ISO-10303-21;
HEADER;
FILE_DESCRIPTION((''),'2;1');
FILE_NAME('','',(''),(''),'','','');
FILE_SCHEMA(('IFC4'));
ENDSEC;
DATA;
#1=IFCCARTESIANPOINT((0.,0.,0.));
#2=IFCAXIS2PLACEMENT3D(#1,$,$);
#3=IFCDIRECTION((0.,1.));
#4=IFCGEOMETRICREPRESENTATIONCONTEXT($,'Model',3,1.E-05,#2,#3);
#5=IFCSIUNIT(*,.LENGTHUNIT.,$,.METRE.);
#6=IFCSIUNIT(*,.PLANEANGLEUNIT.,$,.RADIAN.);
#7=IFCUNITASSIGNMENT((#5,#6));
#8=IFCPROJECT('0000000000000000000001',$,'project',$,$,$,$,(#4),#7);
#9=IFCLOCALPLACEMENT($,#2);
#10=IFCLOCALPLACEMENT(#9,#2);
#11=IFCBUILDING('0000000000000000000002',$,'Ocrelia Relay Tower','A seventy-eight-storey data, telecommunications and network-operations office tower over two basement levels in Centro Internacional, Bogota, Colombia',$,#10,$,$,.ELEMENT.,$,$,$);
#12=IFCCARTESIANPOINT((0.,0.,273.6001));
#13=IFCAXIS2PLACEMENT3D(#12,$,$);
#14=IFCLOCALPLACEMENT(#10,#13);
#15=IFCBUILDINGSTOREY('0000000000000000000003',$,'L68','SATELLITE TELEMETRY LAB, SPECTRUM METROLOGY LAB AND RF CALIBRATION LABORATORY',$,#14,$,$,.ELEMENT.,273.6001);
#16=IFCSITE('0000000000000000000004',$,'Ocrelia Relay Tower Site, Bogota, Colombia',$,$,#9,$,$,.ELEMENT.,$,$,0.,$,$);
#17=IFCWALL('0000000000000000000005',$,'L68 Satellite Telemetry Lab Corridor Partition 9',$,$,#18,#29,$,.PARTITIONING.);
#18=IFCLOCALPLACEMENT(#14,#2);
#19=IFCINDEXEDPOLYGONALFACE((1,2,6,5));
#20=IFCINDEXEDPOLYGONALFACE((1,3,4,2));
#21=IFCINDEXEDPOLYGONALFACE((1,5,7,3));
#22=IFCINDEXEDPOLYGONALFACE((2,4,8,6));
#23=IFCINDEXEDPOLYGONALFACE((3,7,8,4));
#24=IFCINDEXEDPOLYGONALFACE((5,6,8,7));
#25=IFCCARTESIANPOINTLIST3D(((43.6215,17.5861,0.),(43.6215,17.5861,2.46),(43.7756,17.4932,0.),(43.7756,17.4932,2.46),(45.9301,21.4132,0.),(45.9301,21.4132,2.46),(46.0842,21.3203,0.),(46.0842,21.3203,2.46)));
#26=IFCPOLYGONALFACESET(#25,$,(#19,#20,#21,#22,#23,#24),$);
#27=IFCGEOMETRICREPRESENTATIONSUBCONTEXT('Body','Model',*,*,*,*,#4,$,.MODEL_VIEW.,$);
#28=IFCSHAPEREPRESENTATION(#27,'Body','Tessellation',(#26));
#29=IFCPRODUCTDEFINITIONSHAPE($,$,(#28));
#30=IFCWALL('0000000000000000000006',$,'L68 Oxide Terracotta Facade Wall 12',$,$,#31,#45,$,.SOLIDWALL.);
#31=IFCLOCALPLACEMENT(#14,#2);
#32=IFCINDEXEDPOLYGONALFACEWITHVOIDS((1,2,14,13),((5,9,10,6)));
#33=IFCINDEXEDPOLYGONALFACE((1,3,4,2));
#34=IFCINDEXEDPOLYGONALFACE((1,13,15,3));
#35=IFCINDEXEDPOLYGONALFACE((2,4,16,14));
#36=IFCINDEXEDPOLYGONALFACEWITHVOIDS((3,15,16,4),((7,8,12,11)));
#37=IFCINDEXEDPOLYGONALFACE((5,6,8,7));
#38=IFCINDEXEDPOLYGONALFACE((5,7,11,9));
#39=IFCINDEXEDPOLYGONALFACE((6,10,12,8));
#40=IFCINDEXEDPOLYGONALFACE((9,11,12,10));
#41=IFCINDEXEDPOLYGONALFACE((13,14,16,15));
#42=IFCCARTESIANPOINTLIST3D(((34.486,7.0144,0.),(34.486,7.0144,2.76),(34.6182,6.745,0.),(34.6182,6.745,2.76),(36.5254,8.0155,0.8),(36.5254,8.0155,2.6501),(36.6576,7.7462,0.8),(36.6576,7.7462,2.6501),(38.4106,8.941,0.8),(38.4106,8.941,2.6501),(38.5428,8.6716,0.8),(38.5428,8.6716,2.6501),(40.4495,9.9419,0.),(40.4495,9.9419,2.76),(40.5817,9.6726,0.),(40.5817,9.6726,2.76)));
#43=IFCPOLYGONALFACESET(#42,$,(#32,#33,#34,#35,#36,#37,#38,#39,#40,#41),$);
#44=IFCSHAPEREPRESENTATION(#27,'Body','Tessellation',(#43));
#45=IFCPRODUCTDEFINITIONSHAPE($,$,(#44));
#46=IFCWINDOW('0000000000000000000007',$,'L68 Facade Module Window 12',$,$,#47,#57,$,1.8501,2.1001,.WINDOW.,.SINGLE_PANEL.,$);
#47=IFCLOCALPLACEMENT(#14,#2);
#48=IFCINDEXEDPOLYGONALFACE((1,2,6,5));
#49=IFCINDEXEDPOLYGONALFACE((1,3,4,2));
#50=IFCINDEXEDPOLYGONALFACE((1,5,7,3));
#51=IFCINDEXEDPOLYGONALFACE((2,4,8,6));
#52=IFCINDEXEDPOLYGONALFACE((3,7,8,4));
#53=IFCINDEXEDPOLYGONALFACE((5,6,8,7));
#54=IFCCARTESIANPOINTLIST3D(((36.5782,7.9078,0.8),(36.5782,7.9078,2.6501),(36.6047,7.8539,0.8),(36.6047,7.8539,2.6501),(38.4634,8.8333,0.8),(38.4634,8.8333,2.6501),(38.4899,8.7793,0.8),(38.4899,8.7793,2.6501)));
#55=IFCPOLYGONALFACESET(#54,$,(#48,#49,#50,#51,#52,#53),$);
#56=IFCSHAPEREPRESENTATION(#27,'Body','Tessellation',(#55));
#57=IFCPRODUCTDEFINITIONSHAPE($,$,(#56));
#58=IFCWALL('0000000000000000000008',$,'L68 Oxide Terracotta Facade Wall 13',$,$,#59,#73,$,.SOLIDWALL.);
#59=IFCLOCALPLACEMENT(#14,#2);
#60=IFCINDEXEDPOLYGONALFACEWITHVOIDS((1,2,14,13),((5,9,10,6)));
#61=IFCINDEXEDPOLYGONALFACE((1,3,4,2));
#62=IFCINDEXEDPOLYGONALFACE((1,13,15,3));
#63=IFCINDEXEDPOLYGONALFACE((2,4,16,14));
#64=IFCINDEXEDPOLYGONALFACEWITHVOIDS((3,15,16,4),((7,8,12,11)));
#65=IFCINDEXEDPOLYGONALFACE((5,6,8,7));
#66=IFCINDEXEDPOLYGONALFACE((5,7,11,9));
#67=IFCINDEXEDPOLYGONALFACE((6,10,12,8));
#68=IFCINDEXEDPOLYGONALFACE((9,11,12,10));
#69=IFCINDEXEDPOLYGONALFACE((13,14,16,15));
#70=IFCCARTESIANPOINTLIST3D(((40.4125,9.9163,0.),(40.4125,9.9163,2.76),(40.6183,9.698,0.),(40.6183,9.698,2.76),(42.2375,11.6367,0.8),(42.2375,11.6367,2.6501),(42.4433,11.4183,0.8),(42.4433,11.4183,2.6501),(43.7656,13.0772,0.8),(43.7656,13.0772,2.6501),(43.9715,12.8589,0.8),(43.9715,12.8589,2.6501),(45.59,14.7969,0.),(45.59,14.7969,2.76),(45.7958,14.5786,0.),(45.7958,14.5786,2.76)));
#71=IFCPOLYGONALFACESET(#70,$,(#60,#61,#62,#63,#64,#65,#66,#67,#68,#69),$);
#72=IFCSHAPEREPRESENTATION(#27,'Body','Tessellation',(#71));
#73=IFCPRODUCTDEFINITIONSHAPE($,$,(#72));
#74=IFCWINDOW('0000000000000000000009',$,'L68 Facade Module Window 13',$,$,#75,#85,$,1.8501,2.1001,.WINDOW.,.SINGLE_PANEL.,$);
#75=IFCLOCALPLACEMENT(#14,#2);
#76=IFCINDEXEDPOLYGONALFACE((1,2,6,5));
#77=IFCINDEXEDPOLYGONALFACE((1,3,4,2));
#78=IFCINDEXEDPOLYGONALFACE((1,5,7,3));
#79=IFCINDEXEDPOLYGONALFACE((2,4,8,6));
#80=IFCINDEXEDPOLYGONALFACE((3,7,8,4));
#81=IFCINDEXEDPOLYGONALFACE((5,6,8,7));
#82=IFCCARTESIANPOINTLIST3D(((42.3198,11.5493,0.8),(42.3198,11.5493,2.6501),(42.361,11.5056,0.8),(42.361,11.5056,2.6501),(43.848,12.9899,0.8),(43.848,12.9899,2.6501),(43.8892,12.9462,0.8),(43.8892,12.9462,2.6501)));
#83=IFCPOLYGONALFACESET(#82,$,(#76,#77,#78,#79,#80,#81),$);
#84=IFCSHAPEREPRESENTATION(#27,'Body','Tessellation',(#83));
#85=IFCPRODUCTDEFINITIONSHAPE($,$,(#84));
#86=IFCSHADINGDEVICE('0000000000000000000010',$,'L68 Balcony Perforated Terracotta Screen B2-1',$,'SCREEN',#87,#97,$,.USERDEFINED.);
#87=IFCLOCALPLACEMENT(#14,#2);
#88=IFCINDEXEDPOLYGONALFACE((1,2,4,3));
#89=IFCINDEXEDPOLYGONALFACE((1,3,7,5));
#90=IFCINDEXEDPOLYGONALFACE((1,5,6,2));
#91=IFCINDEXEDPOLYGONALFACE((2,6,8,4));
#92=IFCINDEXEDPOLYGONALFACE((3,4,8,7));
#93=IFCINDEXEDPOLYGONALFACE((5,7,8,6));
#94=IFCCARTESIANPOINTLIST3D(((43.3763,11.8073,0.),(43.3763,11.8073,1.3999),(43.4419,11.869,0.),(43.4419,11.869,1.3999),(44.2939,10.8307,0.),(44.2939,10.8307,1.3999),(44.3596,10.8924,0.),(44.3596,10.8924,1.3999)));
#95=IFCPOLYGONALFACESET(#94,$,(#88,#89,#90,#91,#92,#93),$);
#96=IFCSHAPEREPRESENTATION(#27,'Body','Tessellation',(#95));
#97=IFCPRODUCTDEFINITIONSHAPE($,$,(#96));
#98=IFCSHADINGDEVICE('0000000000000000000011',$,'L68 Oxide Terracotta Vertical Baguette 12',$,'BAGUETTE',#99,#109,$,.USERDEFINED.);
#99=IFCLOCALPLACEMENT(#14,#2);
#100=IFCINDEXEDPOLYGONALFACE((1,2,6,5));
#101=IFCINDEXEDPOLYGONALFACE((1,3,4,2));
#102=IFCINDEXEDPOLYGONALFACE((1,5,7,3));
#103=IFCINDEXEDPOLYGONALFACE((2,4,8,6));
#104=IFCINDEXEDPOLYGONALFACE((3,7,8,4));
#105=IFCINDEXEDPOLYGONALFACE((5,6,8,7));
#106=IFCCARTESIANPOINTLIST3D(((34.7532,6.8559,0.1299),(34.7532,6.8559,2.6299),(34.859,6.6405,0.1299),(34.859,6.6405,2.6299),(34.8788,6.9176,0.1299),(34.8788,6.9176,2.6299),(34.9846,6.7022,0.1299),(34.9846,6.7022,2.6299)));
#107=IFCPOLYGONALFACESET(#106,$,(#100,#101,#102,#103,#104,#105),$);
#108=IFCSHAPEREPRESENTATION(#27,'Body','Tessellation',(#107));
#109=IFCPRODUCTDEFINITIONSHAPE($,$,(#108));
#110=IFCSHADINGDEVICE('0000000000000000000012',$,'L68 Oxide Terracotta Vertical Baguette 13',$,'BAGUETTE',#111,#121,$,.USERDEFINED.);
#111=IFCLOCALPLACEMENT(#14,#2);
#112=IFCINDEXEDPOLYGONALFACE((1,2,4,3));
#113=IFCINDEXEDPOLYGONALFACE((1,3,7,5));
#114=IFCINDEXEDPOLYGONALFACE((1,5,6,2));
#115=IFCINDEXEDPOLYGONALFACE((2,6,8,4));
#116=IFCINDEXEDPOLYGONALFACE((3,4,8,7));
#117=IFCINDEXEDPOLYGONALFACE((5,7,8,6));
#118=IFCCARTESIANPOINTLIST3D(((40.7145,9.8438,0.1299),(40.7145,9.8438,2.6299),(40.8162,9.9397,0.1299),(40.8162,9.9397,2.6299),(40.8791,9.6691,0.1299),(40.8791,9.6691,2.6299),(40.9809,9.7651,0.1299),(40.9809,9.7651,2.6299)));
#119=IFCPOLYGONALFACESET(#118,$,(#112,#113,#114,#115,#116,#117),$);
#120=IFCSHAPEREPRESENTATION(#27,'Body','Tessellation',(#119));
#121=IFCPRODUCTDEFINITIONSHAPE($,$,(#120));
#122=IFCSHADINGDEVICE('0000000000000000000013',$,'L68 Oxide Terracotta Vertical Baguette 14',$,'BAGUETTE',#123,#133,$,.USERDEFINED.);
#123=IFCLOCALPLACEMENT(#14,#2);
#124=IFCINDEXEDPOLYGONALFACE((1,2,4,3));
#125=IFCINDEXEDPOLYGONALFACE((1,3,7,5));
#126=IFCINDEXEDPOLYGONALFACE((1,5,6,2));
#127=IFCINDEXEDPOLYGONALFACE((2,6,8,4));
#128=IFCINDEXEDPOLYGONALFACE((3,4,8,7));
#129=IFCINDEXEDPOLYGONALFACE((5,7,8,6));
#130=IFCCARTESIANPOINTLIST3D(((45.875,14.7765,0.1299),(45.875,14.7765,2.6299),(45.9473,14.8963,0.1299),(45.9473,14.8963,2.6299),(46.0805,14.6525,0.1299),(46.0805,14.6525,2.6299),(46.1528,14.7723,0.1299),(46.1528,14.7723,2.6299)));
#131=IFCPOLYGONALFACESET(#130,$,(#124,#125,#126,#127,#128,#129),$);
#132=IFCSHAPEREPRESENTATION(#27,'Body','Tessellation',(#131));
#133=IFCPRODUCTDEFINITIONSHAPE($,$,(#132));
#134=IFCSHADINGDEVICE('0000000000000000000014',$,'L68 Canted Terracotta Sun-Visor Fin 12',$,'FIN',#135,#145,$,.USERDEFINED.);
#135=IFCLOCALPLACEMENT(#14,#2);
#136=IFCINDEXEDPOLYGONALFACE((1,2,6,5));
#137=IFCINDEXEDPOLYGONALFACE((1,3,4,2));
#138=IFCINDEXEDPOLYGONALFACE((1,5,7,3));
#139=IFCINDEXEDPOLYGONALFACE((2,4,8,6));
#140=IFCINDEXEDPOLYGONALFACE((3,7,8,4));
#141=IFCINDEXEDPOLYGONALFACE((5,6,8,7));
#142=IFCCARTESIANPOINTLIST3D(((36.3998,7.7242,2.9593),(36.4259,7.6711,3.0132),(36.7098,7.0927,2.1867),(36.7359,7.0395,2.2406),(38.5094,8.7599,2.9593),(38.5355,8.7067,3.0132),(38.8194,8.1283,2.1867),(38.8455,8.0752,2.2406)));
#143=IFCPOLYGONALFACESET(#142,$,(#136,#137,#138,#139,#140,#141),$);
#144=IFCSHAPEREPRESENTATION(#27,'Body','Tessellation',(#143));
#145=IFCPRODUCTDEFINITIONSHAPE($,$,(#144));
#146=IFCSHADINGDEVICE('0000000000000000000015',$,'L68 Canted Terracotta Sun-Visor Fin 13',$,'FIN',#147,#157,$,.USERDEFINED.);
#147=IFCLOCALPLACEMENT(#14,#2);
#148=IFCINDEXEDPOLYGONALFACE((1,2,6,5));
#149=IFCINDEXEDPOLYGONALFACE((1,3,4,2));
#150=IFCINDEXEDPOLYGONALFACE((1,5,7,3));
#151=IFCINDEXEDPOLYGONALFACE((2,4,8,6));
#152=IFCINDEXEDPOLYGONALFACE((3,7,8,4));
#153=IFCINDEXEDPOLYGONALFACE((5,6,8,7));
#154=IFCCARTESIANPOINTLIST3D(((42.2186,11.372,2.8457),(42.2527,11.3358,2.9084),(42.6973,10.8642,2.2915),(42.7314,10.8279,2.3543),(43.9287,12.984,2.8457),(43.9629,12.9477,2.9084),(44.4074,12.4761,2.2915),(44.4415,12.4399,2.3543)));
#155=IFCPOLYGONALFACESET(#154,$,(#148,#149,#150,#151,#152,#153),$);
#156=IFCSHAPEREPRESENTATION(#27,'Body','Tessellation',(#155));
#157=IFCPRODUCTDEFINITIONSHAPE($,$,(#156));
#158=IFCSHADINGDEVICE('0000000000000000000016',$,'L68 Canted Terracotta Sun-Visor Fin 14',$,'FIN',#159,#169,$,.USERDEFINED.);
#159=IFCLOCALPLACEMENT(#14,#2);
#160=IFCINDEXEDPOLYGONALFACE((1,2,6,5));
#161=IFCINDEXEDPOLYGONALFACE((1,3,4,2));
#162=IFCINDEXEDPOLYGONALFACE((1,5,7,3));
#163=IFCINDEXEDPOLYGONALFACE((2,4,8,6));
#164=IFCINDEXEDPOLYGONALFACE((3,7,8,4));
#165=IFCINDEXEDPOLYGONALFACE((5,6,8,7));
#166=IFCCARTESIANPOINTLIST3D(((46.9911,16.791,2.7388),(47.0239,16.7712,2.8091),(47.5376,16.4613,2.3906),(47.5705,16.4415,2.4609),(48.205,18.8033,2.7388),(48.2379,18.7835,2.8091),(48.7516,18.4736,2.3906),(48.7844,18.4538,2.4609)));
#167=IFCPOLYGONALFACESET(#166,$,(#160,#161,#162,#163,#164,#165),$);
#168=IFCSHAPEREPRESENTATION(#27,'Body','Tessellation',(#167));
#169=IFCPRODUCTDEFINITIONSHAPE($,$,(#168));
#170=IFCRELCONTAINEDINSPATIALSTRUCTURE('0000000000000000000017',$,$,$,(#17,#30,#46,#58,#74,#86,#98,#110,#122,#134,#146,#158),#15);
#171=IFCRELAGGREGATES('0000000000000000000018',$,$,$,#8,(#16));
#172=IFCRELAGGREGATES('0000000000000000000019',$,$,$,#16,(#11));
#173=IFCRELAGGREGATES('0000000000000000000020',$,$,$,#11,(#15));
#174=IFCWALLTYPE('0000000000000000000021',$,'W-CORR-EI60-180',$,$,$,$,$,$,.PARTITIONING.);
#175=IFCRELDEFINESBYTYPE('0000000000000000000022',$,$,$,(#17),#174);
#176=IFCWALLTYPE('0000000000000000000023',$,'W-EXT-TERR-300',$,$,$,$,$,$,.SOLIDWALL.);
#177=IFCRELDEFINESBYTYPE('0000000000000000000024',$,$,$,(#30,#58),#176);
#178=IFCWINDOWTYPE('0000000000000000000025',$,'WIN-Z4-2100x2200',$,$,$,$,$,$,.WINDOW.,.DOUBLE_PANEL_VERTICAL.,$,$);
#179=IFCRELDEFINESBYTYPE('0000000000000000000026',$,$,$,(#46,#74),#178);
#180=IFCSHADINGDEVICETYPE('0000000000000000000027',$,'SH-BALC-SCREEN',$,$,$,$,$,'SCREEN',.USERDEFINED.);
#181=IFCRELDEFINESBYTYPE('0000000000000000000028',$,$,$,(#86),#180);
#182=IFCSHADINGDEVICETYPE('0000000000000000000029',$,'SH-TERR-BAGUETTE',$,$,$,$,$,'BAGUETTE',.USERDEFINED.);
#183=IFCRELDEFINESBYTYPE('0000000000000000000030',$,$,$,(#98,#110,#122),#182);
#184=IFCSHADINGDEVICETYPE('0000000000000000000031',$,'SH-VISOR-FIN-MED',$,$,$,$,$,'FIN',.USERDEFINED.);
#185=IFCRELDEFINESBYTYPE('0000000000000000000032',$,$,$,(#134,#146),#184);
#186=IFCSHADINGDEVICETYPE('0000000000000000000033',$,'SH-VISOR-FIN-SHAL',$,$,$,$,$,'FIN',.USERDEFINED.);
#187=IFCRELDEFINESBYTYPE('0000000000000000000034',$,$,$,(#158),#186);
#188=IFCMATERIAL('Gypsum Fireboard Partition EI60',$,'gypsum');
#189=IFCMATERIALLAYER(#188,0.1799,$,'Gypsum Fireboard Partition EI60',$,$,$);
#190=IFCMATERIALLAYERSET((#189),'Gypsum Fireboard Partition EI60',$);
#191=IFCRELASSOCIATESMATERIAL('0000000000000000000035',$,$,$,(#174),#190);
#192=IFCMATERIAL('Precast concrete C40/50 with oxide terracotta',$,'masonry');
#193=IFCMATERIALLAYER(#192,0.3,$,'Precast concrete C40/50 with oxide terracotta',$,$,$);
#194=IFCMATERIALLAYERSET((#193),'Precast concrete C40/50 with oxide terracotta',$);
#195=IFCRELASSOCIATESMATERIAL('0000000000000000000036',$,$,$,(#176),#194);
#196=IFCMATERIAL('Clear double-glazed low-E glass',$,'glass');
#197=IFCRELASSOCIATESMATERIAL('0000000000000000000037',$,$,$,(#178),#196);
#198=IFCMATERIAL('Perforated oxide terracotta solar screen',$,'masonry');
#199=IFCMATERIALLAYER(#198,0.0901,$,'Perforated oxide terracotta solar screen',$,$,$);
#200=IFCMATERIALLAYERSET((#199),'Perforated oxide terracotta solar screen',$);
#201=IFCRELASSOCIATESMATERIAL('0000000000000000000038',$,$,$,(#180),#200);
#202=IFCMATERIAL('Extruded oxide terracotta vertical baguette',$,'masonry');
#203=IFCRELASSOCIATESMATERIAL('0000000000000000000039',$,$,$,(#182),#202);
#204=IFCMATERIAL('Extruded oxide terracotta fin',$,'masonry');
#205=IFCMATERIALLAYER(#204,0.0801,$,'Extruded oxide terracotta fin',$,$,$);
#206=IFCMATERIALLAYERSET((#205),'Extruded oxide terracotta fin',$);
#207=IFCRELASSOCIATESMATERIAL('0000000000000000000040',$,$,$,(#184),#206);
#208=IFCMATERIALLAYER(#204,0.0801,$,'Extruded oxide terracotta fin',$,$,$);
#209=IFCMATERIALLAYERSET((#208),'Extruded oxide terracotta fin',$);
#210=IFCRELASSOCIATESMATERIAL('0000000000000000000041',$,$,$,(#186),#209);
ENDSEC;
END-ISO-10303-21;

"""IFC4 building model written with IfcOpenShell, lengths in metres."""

from ifc_helpers import new_model, si_unit, direction, frame, frame_2d, origin, origin_2d, place, context, subcontext, project, spatial, rectangle, extrude, material, layer, layer_set, type_object, element, fill, save


model = new_model("IFC4")

# Units and contexts
model_context = context("Model", 3, precision=1e-05, world=origin(), true_north=direction((0.0, 1.0)))
body_context = subcontext(model_context, "Body", "Model", "MODEL_VIEW")
ifc_project = project(units=[si_unit("LENGTHUNIT", "METRE"), si_unit("PLANEANGLEUNIT", "RADIAN")], contexts=[model_context])

# Site, building, storey
site_placement = place(None, origin())
site = spatial("IfcSite", under=ifc_project, at=site_placement, Name="Ocrelia Relay Tower Site, Bogota, Colombia", CompositionType="ELEMENT", RefElevation=0.0)
building_placement = place(site_placement, origin())
building = spatial("IfcBuilding", under=site, at=building_placement, Name="Ocrelia Relay Tower", Description="A seventy-eight-storey data, telecommunications and network-operations office tower over two basement levels in Centro Internacional, Bogota, Colombia", CompositionType="ELEMENT")
storey_placement = place(building_placement, frame((0.0, 0.0, 273.6001)))
storey = spatial("IfcBuildingStorey", under=building, at=storey_placement, Name="L68", Description="SATELLITE TELEMETRY LAB, SPECTRUM METROLOGY LAB AND RF CALIBRATION LABORATORY", CompositionType="ELEMENT", Elevation=273.6001)

# Wall
ifc_material_1 = material(Name="Gypsum Fireboard Partition EI60", Category="gypsum")
ifc_layer_1 = layer(ifc_material_1, 0.1799, Name="Gypsum Fireboard Partition EI60")
ifc_layer_set_1 = layer_set([ifc_layer_1], Name="Gypsum Fireboard Partition EI60")
wall_type_1 = type_object("IfcWallType", Name="W-CORR-EI60-180", PredefinedType="PARTITIONING", material=ifc_layer_set_1)
wall_1_placement = place(storey_placement, frame((43.6985, 17.5396, 0.0), z_axis=(0.0, 0.0, 1.0), x_axis=(0.516519, 0.856276, 0.0)))
element("IfcWall", 1, at=wall_1_placement, inside=storey, type_object=wall_type_1, Name="L68 Satellite Telemetry Lab Corridor Partition 9", PredefinedType="PARTITIONING", context=body_context, shape_type="SweptSolid", body=[
    extrude(rectangle(XDim=4.4695, YDim=0.1799, at=frame_2d((2.2349, 0.0))), origin(), (0.0, 0.0, 1.0), 2.46),
])

# Walls, openings, windows
ifc_material_2 = material(Name="Precast concrete C40/50 with oxide terracotta", Category="masonry")
ifc_layer_2 = layer(ifc_material_2, 0.3, Name="Precast concrete C40/50 with oxide terracotta")
ifc_layer_set_2 = layer_set([ifc_layer_2], Name="Precast concrete C40/50 with oxide terracotta")
wall_type_2 = type_object("IfcWallType", Name="W-EXT-TERR-300", PredefinedType="SOLIDWALL", material=ifc_layer_set_2)
wall_2_placement = place(storey_placement, frame((34.552, 6.8796, 0.0), z_axis=(0.0, 0.0, 1.0), x_axis=(0.897667, 0.440675, 0.0)))
wall_2 = element("IfcWall", 2, at=wall_2_placement, inside=storey, type_object=wall_type_2, Name="L68 Oxide Terracotta Facade Wall 12", PredefinedType="SOLIDWALL", context=body_context, shape_type="SweptSolid", body=[
    extrude(rectangle(XDim=6.6433, YDim=0.3, at=frame_2d((3.3218, 0.0))), origin(), (0.0, 0.0, 1.0), 2.76),
])
opening_1_placement = place(wall_2_placement, frame((2.272, 0.0, 0.8)))
opening_1 = element("IfcOpeningElement", 3, at=opening_1_placement, cuts=wall_2, PredefinedType="OPENING", context=body_context, shape_type="SweptSolid", body=[
    extrude(rectangle(XDim=2.1001, YDim=1.8501, at=frame_2d((1.05, 0.925))), frame((0.0, 0.1602, 0.0), z_axis=(0.0, -1.0, 0.0), x_axis=(1.0, 0.0, 0.0)), (0.0, 0.0, 1.0), 0.3201),
])
ifc_material_3 = material(Name="Clear double-glazed low-E glass", Category="glass")
window_type = type_object("IfcWindowType", Name="WIN-Z4-2100x2200", PartitioningType="DOUBLE_PANEL_VERTICAL", PredefinedType="WINDOW", material=ifc_material_3)
window_1_placement = place(opening_1_placement, origin())
window_1 = element("IfcWindow", 4, at=window_1_placement, inside=storey, type_object=window_type, Name="L68 Facade Module Window 12", OverallHeight=1.8501, OverallWidth=2.1001, PartitioningType="SINGLE_PANEL", PredefinedType="WINDOW", context=body_context, shape_type="SweptSolid", body=[
    extrude(rectangle(XDim=2.1001, YDim=1.8501, at=frame_2d((1.05, 0.925))), frame((0.0, 0.03, 0.0), z_axis=(0.0, -1.0, 0.0), x_axis=(1.0, 0.0, 0.0)), (0.0, 0.0, 1.0), 0.0601),
])
fill(opening_1, window_1)
wall_3_placement = place(storey_placement, frame((40.5154, 9.8071, 0.0), z_axis=(0.0, 0.0, 1.0), x_axis=(0.727661, 0.685937, 0.0)))
wall_3 = element("IfcWall", 5, at=wall_3_placement, inside=storey, type_object=wall_type_2, Name="L68 Oxide Terracotta Facade Wall 13", PredefinedType="SOLIDWALL", context=body_context, shape_type="SweptSolid", body=[
    extrude(rectangle(XDim=7.1152, YDim=0.3, at=frame_2d((3.5576, 0.0))), origin(), (0.0, 0.0, 1.0), 2.76),
])
opening_2_placement = place(wall_3_placement, frame((2.5081, 0.0, 0.8)))
opening_2 = element("IfcOpeningElement", 6, at=opening_2_placement, cuts=wall_3, PredefinedType="OPENING", context=body_context, shape_type="SweptSolid", body=[
    extrude(rectangle(XDim=2.1001, YDim=1.8501, at=frame_2d((1.05, 0.925))), frame((0.0, 0.1602, 0.0), z_axis=(0.0, -1.0, 0.0), x_axis=(1.0, 0.0, 0.0)), (0.0, 0.0, 1.0), 0.3201),
])
window_2_placement = place(opening_2_placement, origin())
window_2 = element("IfcWindow", 7, at=window_2_placement, inside=storey, type_object=window_type, Name="L68 Facade Module Window 13", OverallHeight=1.8501, OverallWidth=2.1001, PartitioningType="SINGLE_PANEL", PredefinedType="WINDOW", context=body_context, shape_type="SweptSolid", body=[
    extrude(rectangle(XDim=2.1001, YDim=1.8501, at=frame_2d((1.05, 0.925))), frame((0.0, 0.03, 0.0), z_axis=(0.0, -1.0, 0.0), x_axis=(1.0, 0.0, 0.0)), (0.0, 0.0, 1.0), 0.0601),
])
fill(opening_2, window_2)

# Shading devices
ifc_material_4 = material(Name="Perforated oxide terracotta solar screen", Category="masonry")
ifc_layer_3 = layer(ifc_material_4, 0.0901, Name="Perforated oxide terracotta solar screen")
ifc_layer_set_3 = layer_set([ifc_layer_3], Name="Perforated oxide terracotta solar screen")
shading_device_type_1 = type_object("IfcShadingDeviceType", Name="SH-BALC-SCREEN", ElementType="SCREEN", PredefinedType="USERDEFINED", material=ifc_layer_set_3)
shading_device_1_placement = place(storey_placement, frame((43.8679, 11.3499, 0.0), z_axis=(0.0, 0.0, 1.0), x_axis=(0.684769, -0.72876, 0.0)))
element("IfcShadingDevice", 8, at=shading_device_1_placement, inside=storey, type_object=shading_device_type_1, Name="L68 Balcony Perforated Terracotta Screen B2-1", ObjectType="SCREEN", PredefinedType="USERDEFINED", context=body_context, shape_type="SweptSolid", body=[
    extrude(rectangle(XDim=1.3401, YDim=0.0901, at=origin_2d()), origin(), (0.0, 0.0, 1.0), 1.3999),
])
ifc_material_5 = material(Name="Extruded oxide terracotta vertical baguette", Category="masonry")
shading_device_type_2 = type_object("IfcShadingDeviceType", Name="SH-TERR-BAGUETTE", ElementType="BAGUETTE", PredefinedType="USERDEFINED", material=ifc_material_5)
for number, where, z_axis, x_axis, name in (
    (9, (34.8689, 6.7791, 0.1299), (0.0, 0.0, 1.0), (0.897664, 0.440681, 0.0), "L68 Oxide Terracotta Vertical Baguette 12"),
    (10, (40.8477, 9.8044, 0.1299), (0.0, 0.0, 1.0), (0.727676, 0.685921, 0.0), "L68 Oxide Terracotta Vertical Baguette 13"),
    (11, (46.0139, 14.7744, 0.1299), (0.0, 0.0, 1.0), (0.516537, 0.856265, 0.0), "L68 Oxide Terracotta Vertical Baguette 14"),
):
    element("IfcShadingDevice", number, at=place(storey_placement, frame(where, z_axis=z_axis, x_axis=x_axis)), inside=storey, type_object=shading_device_type_2, Name=name, ObjectType="BAGUETTE", PredefinedType="USERDEFINED", context=body_context, shape_type="SweptSolid", body=[
        extrude(rectangle(XDim=0.1399, YDim=0.24, at=origin_2d()), origin(), (0.0, 0.0, 1.0), 2.5),
    ])
ifc_material_6 = material(Name="Extruded oxide terracotta fin", Category="masonry")
ifc_layer_4 = layer(ifc_material_6, 0.0801, Name="Extruded oxide terracotta fin")
ifc_layer_set_4 = layer_set([ifc_layer_4], Name="Extruded oxide terracotta fin")
shading_device_type_3 = type_object("IfcShadingDeviceType", Name="SH-VISOR-FIN-MED", ElementType="FIN", PredefinedType="USERDEFINED", material=ifc_layer_set_4)
shading_device_2_placement = place(storey_placement, frame((37.6096, 7.9263, 2.573), z_axis=(0.325838, -0.663729, 0.673271), x_axis=(0.897664, 0.440681, 0.0)))
element("IfcShadingDevice", 12, at=shading_device_2_placement, inside=storey, type_object=shading_device_type_3, Name="L68 Canted Terracotta Sun-Visor Fin 12", ObjectType="FIN", PredefinedType="USERDEFINED", context=body_context, shape_type="SweptSolid", body=[
    extrude(rectangle(XDim=2.3501, YDim=1.0449, at=origin_2d()), origin(), (0.0, 0.0, 1.0), 0.0801),
])
shading_device_3_placement = place(storey_placement, frame((43.313, 11.9241, 2.5686), z_axis=(0.426527, -0.452492, 0.783151), x_axis=(0.727676, 0.685921, 0.0)))
element("IfcShadingDevice", 13, at=shading_device_3_placement, inside=storey, type_object=shading_device_type_3, Name="L68 Canted Terracotta Sun-Visor Fin 13", ObjectType="FIN", PredefinedType="USERDEFINED", context=body_context, shape_type="SweptSolid", body=[
    extrude(rectangle(XDim=2.3501, YDim=0.8911, at=origin_2d()), origin(), (0.0, 0.0, 1.0), 0.0801),
])
ifc_layer_5 = layer(ifc_material_6, 0.0801, Name="Extruded oxide terracotta fin")
ifc_layer_set_5 = layer_set([ifc_layer_5], Name="Extruded oxide terracotta fin")
shading_device_type_4 = type_object("IfcShadingDeviceType", Name="SH-VISOR-FIN-SHAL", ElementType="FIN", PredefinedType="USERDEFINED", material=ifc_layer_set_5)
shading_device_4_placement = place(storey_placement, frame((47.8713, 17.6323, 2.5647), z_axis=(0.410018, -0.247341, 0.877899), x_axis=(0.516537, 0.856265, 0.0)))
element("IfcShadingDevice", 14, at=shading_device_4_placement, inside=storey, type_object=shading_device_type_4, Name="L68 Canted Terracotta Sun-Visor Fin 14", ObjectType="FIN", PredefinedType="USERDEFINED", context=body_context, shape_type="SweptSolid", body=[
    extrude(rectangle(XDim=2.3501, YDim=0.7271, at=origin_2d()), origin(), (0.0, 0.0, 1.0), 0.0801),
])

save(model, "model.ifc")
